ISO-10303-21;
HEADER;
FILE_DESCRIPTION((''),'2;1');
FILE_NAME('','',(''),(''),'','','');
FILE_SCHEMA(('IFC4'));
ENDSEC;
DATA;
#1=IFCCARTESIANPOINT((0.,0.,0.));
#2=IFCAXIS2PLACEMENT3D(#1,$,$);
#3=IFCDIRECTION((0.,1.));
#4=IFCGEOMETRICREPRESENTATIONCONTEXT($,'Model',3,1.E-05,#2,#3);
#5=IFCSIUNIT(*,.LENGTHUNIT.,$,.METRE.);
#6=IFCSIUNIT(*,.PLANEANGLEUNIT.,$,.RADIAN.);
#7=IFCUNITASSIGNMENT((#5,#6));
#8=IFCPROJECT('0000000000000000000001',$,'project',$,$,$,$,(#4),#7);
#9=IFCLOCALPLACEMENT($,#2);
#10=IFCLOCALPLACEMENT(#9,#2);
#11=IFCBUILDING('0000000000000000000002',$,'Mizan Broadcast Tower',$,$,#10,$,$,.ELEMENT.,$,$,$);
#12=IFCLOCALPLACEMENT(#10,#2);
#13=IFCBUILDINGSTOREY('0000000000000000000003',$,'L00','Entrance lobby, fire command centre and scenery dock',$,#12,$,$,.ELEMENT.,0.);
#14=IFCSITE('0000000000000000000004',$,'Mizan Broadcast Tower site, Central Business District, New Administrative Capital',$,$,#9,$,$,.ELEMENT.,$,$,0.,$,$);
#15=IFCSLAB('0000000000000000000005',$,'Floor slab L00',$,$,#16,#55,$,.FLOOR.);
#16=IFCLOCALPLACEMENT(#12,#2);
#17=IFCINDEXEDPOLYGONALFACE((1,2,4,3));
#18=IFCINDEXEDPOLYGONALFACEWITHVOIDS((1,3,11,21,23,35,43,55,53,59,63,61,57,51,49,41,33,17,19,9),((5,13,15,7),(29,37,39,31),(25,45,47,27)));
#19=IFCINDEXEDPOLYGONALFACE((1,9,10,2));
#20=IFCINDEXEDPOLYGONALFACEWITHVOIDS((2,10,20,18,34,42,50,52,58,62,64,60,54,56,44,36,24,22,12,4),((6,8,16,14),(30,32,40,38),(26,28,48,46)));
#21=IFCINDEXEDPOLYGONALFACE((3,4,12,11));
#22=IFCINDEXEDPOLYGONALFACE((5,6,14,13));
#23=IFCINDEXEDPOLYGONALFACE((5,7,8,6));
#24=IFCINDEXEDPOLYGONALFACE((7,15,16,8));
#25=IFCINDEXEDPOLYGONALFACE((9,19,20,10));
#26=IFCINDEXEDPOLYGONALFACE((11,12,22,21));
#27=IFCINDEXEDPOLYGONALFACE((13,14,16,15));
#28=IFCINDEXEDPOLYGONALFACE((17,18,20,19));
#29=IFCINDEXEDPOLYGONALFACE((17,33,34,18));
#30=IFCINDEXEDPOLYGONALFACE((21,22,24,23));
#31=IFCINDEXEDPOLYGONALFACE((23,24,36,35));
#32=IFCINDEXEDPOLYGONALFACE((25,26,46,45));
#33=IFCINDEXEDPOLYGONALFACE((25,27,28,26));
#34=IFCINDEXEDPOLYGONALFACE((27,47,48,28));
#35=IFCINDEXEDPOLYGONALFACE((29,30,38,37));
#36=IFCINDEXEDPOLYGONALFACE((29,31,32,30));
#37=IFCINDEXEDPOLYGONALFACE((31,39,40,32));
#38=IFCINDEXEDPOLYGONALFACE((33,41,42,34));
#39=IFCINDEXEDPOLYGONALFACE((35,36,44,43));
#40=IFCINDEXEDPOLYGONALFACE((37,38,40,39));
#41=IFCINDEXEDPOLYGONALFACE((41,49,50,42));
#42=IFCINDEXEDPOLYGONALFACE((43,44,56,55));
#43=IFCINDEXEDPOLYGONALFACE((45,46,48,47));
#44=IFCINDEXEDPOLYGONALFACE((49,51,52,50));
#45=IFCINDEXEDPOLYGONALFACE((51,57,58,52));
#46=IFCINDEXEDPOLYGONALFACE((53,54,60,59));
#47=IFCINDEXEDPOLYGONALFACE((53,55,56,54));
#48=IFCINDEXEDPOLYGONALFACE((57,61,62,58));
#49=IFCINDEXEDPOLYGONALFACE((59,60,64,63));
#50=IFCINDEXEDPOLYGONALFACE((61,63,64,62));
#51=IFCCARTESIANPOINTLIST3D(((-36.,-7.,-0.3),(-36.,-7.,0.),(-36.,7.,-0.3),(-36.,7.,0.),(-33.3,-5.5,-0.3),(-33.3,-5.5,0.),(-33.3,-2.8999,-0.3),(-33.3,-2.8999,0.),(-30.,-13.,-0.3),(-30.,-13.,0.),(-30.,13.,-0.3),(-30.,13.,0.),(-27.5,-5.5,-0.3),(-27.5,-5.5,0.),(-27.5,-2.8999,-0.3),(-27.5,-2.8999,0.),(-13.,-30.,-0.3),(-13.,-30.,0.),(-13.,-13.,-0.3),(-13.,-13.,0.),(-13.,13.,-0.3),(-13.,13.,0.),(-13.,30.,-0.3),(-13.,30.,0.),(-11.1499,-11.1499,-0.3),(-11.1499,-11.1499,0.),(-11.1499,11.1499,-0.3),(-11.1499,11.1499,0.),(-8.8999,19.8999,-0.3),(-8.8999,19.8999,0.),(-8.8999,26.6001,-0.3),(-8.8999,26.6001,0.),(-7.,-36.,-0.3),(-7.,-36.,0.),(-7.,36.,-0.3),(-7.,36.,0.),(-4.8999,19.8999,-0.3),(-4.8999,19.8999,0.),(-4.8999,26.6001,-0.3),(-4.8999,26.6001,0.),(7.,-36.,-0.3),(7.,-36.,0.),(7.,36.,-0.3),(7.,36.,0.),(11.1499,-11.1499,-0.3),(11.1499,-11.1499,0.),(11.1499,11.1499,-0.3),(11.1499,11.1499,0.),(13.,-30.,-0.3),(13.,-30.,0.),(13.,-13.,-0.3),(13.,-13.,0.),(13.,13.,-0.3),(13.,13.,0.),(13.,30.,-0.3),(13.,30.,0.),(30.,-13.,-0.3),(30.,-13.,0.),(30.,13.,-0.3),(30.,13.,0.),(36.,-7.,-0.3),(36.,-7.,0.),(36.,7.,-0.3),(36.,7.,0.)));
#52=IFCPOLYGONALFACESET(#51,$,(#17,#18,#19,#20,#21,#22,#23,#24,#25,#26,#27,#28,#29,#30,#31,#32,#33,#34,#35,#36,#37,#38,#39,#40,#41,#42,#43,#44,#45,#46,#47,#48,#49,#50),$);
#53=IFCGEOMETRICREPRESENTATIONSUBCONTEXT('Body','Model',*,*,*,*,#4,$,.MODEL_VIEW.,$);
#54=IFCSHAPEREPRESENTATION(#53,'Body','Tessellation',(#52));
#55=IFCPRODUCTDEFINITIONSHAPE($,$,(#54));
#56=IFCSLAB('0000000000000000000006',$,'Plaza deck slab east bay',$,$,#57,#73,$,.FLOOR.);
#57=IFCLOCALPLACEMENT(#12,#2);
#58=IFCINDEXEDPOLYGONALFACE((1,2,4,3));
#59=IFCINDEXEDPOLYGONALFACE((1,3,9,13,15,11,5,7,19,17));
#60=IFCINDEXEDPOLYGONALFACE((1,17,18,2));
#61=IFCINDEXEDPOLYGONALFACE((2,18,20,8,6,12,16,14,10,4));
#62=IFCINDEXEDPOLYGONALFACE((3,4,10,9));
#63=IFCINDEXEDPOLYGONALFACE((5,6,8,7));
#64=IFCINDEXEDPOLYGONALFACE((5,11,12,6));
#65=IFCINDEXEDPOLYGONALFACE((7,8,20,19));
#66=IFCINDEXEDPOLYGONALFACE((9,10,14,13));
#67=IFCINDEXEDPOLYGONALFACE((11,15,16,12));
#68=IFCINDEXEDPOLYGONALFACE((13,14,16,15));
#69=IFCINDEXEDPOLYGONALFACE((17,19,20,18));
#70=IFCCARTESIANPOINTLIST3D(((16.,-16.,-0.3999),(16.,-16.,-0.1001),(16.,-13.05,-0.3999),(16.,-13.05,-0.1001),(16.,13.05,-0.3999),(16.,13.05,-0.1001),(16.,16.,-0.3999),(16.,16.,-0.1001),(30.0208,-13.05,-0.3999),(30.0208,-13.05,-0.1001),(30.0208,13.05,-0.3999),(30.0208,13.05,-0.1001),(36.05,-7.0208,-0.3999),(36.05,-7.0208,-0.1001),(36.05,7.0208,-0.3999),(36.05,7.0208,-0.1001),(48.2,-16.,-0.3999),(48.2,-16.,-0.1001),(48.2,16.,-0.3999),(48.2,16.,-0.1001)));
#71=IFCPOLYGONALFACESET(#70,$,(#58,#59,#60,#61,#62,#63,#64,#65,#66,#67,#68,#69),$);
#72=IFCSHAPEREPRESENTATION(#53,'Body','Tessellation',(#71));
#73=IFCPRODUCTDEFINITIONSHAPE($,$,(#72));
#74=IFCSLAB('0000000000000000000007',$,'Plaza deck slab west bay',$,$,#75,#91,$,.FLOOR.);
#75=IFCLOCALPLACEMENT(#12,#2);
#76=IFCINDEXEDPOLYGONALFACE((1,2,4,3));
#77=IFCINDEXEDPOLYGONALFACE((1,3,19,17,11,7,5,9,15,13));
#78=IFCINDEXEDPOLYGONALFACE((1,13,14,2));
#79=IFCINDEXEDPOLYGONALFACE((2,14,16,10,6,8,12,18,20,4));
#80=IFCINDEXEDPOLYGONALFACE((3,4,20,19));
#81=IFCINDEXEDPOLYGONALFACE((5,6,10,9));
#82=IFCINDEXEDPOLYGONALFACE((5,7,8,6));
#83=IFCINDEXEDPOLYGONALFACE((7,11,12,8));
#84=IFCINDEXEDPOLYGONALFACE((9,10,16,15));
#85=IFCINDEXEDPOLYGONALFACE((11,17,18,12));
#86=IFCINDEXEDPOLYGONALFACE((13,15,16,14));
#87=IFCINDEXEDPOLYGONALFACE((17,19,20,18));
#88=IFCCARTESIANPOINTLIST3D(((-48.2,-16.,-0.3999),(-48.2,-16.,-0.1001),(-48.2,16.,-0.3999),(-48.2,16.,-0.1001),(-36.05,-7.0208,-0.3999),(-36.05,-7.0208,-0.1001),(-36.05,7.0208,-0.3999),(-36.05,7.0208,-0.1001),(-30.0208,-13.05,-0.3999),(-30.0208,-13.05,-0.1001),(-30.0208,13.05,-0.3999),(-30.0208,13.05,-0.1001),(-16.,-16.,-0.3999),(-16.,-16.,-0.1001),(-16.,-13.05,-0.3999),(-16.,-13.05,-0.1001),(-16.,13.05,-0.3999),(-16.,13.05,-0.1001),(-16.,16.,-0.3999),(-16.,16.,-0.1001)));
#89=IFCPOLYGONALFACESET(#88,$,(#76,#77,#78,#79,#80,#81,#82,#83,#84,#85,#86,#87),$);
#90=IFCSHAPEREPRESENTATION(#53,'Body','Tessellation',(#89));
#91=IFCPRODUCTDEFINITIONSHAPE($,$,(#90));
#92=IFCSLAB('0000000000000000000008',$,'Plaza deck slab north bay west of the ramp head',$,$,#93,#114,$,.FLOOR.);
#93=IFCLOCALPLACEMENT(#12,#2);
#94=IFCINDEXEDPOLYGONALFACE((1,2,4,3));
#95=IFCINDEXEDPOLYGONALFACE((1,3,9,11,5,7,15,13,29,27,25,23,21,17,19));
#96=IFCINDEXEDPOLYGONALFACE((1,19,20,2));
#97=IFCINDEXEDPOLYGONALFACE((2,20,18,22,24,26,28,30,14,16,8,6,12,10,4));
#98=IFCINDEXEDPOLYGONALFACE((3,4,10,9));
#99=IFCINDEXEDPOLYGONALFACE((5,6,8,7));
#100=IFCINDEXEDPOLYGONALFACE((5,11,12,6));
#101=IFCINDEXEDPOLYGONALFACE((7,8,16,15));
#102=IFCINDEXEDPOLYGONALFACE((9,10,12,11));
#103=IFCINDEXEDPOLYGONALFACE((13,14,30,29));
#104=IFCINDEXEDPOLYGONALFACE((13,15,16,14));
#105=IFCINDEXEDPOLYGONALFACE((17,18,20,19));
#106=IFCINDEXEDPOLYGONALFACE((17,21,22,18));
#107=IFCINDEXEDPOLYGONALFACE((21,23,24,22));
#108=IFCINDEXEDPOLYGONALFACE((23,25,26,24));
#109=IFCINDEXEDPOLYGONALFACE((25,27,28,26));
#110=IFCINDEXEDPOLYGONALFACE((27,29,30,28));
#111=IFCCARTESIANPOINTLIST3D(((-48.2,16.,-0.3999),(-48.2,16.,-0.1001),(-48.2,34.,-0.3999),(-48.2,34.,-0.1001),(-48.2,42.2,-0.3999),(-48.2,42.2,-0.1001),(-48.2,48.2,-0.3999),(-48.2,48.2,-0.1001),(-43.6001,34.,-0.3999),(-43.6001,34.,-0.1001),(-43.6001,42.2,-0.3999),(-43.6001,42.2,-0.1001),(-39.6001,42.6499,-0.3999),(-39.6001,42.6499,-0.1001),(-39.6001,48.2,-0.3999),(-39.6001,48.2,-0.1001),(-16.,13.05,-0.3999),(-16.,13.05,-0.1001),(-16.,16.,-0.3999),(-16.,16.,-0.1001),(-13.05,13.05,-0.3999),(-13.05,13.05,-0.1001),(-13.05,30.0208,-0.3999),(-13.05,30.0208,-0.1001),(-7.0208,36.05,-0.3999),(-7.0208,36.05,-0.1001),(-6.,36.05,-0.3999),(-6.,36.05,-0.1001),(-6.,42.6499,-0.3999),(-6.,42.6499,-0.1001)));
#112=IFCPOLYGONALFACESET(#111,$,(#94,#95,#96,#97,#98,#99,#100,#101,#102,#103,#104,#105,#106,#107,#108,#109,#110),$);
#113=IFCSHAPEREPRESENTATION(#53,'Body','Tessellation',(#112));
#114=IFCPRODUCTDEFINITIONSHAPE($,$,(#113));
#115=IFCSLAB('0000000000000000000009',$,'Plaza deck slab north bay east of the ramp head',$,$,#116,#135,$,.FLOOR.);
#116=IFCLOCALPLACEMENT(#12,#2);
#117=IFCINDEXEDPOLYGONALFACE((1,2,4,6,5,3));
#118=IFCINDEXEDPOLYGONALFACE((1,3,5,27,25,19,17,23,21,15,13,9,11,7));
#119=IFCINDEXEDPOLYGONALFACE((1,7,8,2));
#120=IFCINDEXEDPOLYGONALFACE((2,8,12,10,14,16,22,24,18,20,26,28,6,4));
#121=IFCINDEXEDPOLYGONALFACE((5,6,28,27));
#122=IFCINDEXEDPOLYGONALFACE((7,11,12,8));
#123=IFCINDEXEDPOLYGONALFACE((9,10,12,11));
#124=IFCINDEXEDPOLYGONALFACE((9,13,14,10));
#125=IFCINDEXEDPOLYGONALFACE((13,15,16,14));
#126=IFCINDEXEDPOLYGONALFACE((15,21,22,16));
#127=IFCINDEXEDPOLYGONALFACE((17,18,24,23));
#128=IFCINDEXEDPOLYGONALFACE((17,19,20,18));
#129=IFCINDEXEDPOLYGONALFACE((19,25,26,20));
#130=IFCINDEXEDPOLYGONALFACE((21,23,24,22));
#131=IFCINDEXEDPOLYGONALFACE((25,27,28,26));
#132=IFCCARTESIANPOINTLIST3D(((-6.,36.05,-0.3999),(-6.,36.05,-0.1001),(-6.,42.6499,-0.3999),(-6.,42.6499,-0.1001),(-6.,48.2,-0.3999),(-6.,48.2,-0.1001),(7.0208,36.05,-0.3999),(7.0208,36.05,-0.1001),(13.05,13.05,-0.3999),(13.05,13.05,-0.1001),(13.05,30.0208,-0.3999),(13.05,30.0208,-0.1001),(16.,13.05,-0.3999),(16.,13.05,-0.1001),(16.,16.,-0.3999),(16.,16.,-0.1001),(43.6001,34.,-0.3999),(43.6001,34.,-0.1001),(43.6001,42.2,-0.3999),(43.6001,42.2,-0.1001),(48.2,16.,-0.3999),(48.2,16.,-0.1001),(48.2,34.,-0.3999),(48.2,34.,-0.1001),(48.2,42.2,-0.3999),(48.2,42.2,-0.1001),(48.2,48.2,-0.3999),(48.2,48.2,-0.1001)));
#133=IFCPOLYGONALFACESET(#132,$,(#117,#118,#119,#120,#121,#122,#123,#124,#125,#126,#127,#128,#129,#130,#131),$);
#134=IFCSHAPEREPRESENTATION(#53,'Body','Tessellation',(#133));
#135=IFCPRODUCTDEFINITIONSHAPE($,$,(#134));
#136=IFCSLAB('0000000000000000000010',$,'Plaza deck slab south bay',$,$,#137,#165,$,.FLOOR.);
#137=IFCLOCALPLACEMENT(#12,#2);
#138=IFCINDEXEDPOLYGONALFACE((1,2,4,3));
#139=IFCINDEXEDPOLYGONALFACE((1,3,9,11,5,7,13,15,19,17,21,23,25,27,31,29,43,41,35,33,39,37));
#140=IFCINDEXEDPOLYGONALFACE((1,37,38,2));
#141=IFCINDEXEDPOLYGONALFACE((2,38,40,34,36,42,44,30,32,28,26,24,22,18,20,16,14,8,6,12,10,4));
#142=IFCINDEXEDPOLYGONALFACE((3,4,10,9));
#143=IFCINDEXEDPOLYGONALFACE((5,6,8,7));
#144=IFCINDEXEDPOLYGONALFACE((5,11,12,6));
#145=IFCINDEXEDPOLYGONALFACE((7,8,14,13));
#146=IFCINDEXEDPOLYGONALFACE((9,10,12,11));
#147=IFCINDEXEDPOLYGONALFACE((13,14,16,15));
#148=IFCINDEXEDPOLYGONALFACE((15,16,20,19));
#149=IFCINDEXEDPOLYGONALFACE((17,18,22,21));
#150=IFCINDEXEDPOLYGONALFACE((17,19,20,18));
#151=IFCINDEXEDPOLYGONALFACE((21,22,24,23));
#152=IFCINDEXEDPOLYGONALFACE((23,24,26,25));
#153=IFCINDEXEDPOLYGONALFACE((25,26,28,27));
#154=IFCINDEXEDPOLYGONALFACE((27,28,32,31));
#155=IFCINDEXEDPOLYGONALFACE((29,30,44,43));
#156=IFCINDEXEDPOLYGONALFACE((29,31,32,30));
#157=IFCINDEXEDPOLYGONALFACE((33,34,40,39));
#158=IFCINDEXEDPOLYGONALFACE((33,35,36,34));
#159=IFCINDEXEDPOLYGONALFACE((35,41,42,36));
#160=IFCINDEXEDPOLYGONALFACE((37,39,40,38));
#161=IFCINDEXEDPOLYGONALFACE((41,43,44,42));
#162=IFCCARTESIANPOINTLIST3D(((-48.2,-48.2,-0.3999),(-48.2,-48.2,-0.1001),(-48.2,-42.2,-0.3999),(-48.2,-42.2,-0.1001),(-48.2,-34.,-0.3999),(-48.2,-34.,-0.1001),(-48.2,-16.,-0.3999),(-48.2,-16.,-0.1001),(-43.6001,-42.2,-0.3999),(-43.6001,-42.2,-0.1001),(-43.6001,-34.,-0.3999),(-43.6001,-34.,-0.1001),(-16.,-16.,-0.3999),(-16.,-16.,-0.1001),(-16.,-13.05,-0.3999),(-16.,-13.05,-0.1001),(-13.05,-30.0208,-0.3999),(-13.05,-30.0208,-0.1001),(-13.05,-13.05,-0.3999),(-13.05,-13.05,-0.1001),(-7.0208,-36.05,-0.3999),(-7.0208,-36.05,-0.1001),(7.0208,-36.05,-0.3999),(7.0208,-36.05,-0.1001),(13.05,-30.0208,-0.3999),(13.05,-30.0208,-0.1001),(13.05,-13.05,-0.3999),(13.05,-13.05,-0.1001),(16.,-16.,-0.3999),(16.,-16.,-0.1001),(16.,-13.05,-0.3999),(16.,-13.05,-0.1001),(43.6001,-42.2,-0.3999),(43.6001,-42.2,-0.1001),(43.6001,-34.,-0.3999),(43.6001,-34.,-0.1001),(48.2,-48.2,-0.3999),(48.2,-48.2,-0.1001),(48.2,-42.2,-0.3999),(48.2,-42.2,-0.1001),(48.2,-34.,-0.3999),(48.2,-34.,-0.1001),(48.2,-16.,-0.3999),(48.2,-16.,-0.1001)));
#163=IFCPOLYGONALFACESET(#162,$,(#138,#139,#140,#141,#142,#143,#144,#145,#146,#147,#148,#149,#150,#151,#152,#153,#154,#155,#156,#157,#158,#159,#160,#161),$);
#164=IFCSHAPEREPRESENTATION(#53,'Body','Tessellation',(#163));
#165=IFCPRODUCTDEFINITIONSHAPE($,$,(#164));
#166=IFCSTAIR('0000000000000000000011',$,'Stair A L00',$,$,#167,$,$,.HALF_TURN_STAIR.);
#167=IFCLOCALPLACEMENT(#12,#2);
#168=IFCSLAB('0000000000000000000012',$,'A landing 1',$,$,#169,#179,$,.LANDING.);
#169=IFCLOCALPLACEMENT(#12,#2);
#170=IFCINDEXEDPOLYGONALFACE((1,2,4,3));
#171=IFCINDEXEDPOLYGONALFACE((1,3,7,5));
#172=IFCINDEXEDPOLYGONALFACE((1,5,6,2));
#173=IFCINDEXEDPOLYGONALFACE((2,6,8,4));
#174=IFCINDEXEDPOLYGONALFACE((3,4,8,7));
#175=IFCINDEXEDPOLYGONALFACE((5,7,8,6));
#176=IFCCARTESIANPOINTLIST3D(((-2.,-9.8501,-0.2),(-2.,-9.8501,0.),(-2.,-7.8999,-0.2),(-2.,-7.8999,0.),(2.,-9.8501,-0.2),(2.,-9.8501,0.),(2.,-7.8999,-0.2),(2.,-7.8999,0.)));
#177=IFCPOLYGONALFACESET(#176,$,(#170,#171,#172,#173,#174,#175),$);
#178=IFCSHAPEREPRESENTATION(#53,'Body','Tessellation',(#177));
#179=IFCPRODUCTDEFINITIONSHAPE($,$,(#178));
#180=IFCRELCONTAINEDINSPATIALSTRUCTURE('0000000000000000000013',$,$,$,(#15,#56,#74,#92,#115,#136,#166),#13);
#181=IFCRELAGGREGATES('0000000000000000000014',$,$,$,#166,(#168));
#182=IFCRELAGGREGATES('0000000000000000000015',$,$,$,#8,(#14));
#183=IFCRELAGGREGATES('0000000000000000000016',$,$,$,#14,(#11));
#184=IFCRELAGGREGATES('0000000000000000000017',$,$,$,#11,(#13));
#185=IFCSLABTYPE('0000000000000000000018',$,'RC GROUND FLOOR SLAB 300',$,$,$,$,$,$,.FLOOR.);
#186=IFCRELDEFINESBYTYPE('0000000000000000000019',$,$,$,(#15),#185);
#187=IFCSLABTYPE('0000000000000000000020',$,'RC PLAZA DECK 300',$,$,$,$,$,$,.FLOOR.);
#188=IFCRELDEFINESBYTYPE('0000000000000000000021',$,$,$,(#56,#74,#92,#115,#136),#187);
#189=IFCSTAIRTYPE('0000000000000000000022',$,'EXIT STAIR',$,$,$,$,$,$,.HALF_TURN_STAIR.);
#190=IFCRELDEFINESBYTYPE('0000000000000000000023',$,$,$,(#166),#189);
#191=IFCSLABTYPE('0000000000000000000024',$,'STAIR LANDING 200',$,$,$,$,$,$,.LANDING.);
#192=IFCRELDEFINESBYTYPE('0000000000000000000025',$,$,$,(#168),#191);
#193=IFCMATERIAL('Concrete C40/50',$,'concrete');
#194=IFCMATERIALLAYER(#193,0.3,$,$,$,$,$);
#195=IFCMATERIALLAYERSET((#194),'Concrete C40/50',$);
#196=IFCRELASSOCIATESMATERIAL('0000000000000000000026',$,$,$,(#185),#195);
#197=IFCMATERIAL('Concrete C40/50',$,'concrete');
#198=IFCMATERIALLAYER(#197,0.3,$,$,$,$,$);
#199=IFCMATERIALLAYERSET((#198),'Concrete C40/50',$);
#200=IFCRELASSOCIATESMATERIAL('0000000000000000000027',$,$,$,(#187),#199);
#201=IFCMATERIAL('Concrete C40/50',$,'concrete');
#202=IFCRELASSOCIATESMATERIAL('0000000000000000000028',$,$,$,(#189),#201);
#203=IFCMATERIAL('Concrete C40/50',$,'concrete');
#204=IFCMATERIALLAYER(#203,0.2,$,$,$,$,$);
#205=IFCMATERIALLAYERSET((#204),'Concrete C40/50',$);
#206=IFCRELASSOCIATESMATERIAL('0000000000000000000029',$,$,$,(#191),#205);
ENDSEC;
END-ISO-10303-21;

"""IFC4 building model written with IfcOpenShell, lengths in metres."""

from ifc_helpers import new_model, si_unit, direction, frame, origin, place, context, subcontext, project, spatial, polyline, outline, extrude, material, layer, layer_set, type_object, element, aggregate, save


model = new_model("IFC4")

# Units and contexts
model_context = context("Model", 3, precision=1e-05, world=origin(), true_north=direction((0.0, 1.0)))
body_context = subcontext(model_context, "Body", "Model", "MODEL_VIEW")
ifc_project = project(units=[si_unit("LENGTHUNIT", "METRE"), si_unit("PLANEANGLEUNIT", "RADIAN")], contexts=[model_context])

# Site, building, storey
site_placement = place(None, origin())
site = spatial("IfcSite", under=ifc_project, at=site_placement, Name="Mizan Broadcast Tower site, Central Business District, New Administrative Capital", CompositionType="ELEMENT", RefElevation=0.0)
building_placement = place(site_placement, origin())
building = spatial("IfcBuilding", under=site, at=building_placement, Name="Mizan Broadcast Tower", CompositionType="ELEMENT")
storey_placement = place(building_placement, origin())
storey = spatial("IfcBuildingStorey", under=building, at=storey_placement, Name="L00", Description="Entrance lobby, fire command centre and scenery dock", CompositionType="ELEMENT", Elevation=0.0)

# Slabs
ifc_material_1 = material(Name="Concrete C40/50", Category="concrete")
ifc_layer_1 = layer(ifc_material_1, 0.3)
ifc_layer_set_1 = layer_set([ifc_layer_1], Name="Concrete C40/50")
slab_type_1 = type_object("IfcSlabType", Name="RC GROUND FLOOR SLAB 300", PredefinedType="FLOOR", material=ifc_layer_set_1)
slab_1_placement = place(storey_placement, frame((0.0, 0.0, -0.3)))
element("IfcSlab", 1, at=slab_1_placement, inside=storey, type_object=slab_type_1, Name="Floor slab L00", PredefinedType="FLOOR", context=body_context, shape_type="SweptSolid", body=[
    extrude(outline(polyline([(-7.0, -36.0), (7.0, -36.0), (13.0, -30.0), (13.0, -13.0), (30.0, -13.0), (36.0, -7.0), (36.0, 7.0), (30.0, 13.0), (13.0, 13.0), (13.0, 30.0), (7.0, 36.0), (-7.0, 36.0), (-13.0, 30.0), (-13.0, 13.0), (-30.0, 13.0), (-36.0, 7.0), (-36.0, -7.0), (-30.0, -13.0), (-13.0, -13.0), (-13.0, -30.0), (-7.0, -36.0)]), holes=[polyline([(-11.1499, -11.1499), (-11.1499, 11.1499), (11.1499, 11.1499), (11.1499, -11.1499), (-11.1499, -11.1499)]), polyline([(-4.8999, 26.6001), (-4.8999, 19.8999), (-8.8999, 19.8999), (-8.8999, 26.6001), (-4.8999, 26.6001)]), polyline([(-33.3, -5.5), (-33.3, -2.8999), (-27.5, -2.8999), (-27.5, -5.5), (-33.3, -5.5)])]), origin(), (0.0, 0.0, 1.0), 0.3),
])
ifc_material_2 = material(Name="Concrete C40/50", Category="concrete")
ifc_layer_2 = layer(ifc_material_2, 0.3)
ifc_layer_set_2 = layer_set([ifc_layer_2], Name="Concrete C40/50")
slab_type_2 = type_object("IfcSlabType", Name="RC PLAZA DECK 300", PredefinedType="FLOOR", material=ifc_layer_set_2)
slab_2_placement = place(storey_placement, frame((0.0, 0.0, -0.3999)))
element("IfcSlab", 2, at=slab_2_placement, inside=storey, type_object=slab_type_2, Name="Plaza deck slab east bay", PredefinedType="FLOOR", context=body_context, shape_type="SweptSolid", body=[
    extrude(outline(polyline([(48.2, -16.0), (48.2, 16.0), (16.0, 16.0), (16.0, 13.05), (30.0208, 13.05), (36.05, 7.0208), (36.05, -7.0208), (30.0208, -13.05), (16.0, -13.05), (16.0, -16.0), (48.2, -16.0)])), origin(), (0.0, 0.0, 1.0), 0.2998),
])
slab_3_placement = place(storey_placement, frame((0.0, 0.0, -0.3999)))
element("IfcSlab", 3, at=slab_3_placement, inside=storey, type_object=slab_type_2, Name="Plaza deck slab west bay", PredefinedType="FLOOR", context=body_context, shape_type="SweptSolid", body=[
    extrude(outline(polyline([(-48.2, 16.0), (-48.2, -16.0), (-16.0, -16.0), (-16.0, -13.05), (-30.0208, -13.05), (-36.05, -7.0208), (-36.05, 7.0208), (-30.0208, 13.05), (-16.0, 13.05), (-16.0, 16.0), (-48.2, 16.0)])), origin(), (0.0, 0.0, 1.0), 0.2998),
])
slab_4_placement = place(storey_placement, frame((0.0, 0.0, -0.3999)))
element("IfcSlab", 4, at=slab_4_placement, inside=storey, type_object=slab_type_2, Name="Plaza deck slab north bay west of the ramp head", PredefinedType="FLOOR", context=body_context, shape_type="SweptSolid", body=[
    extrude(outline(polyline([(-7.0208, 36.05), (-6.0, 36.05), (-6.0, 42.6499), (-39.6001, 42.6499), (-39.6001, 48.2), (-48.2, 48.2), (-48.2, 42.2), (-43.6001, 42.2), (-43.6001, 34.0), (-48.2, 34.0), (-48.2, 16.0), (-16.0, 16.0), (-16.0, 13.05), (-13.05, 13.05), (-13.05, 30.0208), (-7.0208, 36.05)])), origin(), (0.0, 0.0, 1.0), 0.2998),
])
slab_5_placement = place(storey_placement, frame((0.0, 0.0, -0.3999)))
element("IfcSlab", 5, at=slab_5_placement, inside=storey, type_object=slab_type_2, Name="Plaza deck slab north bay east of the ramp head", PredefinedType="FLOOR", context=body_context, shape_type="SweptSolid", body=[
    extrude(outline(polyline([(48.2, 42.2), (48.2, 48.2), (-6.0, 48.2), (-6.0, 42.6499), (-6.0, 36.05), (7.0208, 36.05), (13.05, 30.0208), (13.05, 13.05), (16.0, 13.05), (16.0, 16.0), (48.2, 16.0), (48.2, 34.0), (43.6001, 34.0), (43.6001, 42.2), (48.2, 42.2)])), origin(), (0.0, 0.0, 1.0), 0.2998),
])
slab_6_placement = place(storey_placement, frame((0.0, 0.0, -0.3999)))
element("IfcSlab", 6, at=slab_6_placement, inside=storey, type_object=slab_type_2, Name="Plaza deck slab south bay", PredefinedType="FLOOR", context=body_context, shape_type="SweptSolid", body=[
    extrude(outline(polyline([(48.2, -34.0), (48.2, -16.0), (16.0, -16.0), (16.0, -13.05), (13.05, -13.05), (13.05, -30.0208), (7.0208, -36.05), (-7.0208, -36.05), (-13.05, -30.0208), (-13.05, -13.05), (-16.0, -13.05), (-16.0, -16.0), (-48.2, -16.0), (-48.2, -34.0), (-43.6001, -34.0), (-43.6001, -42.2), (-48.2, -42.2), (-48.2, -48.2), (48.2, -48.2), (48.2, -42.2), (43.6001, -42.2), (43.6001, -34.0), (48.2, -34.0)])), origin(), (0.0, 0.0, 1.0), 0.2998),
])

# Stair, slab
ifc_material_3 = material(Name="Concrete C40/50", Category="concrete")
stair_type = type_object("IfcStairType", Name="EXIT STAIR", PredefinedType="HALF_TURN_STAIR", material=ifc_material_3)
stair_1_placement = place(storey_placement, origin())
stair_1 = element("IfcStair", 7, at=stair_1_placement, inside=storey, type_object=stair_type, Name="Stair A L00", PredefinedType="HALF_TURN_STAIR")
ifc_material_4 = material(Name="Concrete C40/50", Category="concrete")
ifc_layer_3 = layer(ifc_material_4, 0.2)
ifc_layer_set_3 = layer_set([ifc_layer_3], Name="Concrete C40/50")
slab_type_3 = type_object("IfcSlabType", Name="STAIR LANDING 200", PredefinedType="LANDING", material=ifc_layer_set_3)
slab_7_placement = place(storey_placement, frame((0.0, 0.0, -0.2)))
slab_7 = element("IfcSlab", 8, at=slab_7_placement, type_object=slab_type_3, Name="A landing 1", PredefinedType="LANDING", context=body_context, shape_type="SweptSolid", body=[
    extrude(outline(polyline([(-2.0, -9.8501), (-2.0, -7.8999), (2.0, -7.8999), (2.0, -9.8501), (-2.0, -9.8501)])), origin(), (0.0, 0.0, 1.0), 0.2),
])
aggregate(stair_1, [slab_7])

save(model, "model.ifc")
